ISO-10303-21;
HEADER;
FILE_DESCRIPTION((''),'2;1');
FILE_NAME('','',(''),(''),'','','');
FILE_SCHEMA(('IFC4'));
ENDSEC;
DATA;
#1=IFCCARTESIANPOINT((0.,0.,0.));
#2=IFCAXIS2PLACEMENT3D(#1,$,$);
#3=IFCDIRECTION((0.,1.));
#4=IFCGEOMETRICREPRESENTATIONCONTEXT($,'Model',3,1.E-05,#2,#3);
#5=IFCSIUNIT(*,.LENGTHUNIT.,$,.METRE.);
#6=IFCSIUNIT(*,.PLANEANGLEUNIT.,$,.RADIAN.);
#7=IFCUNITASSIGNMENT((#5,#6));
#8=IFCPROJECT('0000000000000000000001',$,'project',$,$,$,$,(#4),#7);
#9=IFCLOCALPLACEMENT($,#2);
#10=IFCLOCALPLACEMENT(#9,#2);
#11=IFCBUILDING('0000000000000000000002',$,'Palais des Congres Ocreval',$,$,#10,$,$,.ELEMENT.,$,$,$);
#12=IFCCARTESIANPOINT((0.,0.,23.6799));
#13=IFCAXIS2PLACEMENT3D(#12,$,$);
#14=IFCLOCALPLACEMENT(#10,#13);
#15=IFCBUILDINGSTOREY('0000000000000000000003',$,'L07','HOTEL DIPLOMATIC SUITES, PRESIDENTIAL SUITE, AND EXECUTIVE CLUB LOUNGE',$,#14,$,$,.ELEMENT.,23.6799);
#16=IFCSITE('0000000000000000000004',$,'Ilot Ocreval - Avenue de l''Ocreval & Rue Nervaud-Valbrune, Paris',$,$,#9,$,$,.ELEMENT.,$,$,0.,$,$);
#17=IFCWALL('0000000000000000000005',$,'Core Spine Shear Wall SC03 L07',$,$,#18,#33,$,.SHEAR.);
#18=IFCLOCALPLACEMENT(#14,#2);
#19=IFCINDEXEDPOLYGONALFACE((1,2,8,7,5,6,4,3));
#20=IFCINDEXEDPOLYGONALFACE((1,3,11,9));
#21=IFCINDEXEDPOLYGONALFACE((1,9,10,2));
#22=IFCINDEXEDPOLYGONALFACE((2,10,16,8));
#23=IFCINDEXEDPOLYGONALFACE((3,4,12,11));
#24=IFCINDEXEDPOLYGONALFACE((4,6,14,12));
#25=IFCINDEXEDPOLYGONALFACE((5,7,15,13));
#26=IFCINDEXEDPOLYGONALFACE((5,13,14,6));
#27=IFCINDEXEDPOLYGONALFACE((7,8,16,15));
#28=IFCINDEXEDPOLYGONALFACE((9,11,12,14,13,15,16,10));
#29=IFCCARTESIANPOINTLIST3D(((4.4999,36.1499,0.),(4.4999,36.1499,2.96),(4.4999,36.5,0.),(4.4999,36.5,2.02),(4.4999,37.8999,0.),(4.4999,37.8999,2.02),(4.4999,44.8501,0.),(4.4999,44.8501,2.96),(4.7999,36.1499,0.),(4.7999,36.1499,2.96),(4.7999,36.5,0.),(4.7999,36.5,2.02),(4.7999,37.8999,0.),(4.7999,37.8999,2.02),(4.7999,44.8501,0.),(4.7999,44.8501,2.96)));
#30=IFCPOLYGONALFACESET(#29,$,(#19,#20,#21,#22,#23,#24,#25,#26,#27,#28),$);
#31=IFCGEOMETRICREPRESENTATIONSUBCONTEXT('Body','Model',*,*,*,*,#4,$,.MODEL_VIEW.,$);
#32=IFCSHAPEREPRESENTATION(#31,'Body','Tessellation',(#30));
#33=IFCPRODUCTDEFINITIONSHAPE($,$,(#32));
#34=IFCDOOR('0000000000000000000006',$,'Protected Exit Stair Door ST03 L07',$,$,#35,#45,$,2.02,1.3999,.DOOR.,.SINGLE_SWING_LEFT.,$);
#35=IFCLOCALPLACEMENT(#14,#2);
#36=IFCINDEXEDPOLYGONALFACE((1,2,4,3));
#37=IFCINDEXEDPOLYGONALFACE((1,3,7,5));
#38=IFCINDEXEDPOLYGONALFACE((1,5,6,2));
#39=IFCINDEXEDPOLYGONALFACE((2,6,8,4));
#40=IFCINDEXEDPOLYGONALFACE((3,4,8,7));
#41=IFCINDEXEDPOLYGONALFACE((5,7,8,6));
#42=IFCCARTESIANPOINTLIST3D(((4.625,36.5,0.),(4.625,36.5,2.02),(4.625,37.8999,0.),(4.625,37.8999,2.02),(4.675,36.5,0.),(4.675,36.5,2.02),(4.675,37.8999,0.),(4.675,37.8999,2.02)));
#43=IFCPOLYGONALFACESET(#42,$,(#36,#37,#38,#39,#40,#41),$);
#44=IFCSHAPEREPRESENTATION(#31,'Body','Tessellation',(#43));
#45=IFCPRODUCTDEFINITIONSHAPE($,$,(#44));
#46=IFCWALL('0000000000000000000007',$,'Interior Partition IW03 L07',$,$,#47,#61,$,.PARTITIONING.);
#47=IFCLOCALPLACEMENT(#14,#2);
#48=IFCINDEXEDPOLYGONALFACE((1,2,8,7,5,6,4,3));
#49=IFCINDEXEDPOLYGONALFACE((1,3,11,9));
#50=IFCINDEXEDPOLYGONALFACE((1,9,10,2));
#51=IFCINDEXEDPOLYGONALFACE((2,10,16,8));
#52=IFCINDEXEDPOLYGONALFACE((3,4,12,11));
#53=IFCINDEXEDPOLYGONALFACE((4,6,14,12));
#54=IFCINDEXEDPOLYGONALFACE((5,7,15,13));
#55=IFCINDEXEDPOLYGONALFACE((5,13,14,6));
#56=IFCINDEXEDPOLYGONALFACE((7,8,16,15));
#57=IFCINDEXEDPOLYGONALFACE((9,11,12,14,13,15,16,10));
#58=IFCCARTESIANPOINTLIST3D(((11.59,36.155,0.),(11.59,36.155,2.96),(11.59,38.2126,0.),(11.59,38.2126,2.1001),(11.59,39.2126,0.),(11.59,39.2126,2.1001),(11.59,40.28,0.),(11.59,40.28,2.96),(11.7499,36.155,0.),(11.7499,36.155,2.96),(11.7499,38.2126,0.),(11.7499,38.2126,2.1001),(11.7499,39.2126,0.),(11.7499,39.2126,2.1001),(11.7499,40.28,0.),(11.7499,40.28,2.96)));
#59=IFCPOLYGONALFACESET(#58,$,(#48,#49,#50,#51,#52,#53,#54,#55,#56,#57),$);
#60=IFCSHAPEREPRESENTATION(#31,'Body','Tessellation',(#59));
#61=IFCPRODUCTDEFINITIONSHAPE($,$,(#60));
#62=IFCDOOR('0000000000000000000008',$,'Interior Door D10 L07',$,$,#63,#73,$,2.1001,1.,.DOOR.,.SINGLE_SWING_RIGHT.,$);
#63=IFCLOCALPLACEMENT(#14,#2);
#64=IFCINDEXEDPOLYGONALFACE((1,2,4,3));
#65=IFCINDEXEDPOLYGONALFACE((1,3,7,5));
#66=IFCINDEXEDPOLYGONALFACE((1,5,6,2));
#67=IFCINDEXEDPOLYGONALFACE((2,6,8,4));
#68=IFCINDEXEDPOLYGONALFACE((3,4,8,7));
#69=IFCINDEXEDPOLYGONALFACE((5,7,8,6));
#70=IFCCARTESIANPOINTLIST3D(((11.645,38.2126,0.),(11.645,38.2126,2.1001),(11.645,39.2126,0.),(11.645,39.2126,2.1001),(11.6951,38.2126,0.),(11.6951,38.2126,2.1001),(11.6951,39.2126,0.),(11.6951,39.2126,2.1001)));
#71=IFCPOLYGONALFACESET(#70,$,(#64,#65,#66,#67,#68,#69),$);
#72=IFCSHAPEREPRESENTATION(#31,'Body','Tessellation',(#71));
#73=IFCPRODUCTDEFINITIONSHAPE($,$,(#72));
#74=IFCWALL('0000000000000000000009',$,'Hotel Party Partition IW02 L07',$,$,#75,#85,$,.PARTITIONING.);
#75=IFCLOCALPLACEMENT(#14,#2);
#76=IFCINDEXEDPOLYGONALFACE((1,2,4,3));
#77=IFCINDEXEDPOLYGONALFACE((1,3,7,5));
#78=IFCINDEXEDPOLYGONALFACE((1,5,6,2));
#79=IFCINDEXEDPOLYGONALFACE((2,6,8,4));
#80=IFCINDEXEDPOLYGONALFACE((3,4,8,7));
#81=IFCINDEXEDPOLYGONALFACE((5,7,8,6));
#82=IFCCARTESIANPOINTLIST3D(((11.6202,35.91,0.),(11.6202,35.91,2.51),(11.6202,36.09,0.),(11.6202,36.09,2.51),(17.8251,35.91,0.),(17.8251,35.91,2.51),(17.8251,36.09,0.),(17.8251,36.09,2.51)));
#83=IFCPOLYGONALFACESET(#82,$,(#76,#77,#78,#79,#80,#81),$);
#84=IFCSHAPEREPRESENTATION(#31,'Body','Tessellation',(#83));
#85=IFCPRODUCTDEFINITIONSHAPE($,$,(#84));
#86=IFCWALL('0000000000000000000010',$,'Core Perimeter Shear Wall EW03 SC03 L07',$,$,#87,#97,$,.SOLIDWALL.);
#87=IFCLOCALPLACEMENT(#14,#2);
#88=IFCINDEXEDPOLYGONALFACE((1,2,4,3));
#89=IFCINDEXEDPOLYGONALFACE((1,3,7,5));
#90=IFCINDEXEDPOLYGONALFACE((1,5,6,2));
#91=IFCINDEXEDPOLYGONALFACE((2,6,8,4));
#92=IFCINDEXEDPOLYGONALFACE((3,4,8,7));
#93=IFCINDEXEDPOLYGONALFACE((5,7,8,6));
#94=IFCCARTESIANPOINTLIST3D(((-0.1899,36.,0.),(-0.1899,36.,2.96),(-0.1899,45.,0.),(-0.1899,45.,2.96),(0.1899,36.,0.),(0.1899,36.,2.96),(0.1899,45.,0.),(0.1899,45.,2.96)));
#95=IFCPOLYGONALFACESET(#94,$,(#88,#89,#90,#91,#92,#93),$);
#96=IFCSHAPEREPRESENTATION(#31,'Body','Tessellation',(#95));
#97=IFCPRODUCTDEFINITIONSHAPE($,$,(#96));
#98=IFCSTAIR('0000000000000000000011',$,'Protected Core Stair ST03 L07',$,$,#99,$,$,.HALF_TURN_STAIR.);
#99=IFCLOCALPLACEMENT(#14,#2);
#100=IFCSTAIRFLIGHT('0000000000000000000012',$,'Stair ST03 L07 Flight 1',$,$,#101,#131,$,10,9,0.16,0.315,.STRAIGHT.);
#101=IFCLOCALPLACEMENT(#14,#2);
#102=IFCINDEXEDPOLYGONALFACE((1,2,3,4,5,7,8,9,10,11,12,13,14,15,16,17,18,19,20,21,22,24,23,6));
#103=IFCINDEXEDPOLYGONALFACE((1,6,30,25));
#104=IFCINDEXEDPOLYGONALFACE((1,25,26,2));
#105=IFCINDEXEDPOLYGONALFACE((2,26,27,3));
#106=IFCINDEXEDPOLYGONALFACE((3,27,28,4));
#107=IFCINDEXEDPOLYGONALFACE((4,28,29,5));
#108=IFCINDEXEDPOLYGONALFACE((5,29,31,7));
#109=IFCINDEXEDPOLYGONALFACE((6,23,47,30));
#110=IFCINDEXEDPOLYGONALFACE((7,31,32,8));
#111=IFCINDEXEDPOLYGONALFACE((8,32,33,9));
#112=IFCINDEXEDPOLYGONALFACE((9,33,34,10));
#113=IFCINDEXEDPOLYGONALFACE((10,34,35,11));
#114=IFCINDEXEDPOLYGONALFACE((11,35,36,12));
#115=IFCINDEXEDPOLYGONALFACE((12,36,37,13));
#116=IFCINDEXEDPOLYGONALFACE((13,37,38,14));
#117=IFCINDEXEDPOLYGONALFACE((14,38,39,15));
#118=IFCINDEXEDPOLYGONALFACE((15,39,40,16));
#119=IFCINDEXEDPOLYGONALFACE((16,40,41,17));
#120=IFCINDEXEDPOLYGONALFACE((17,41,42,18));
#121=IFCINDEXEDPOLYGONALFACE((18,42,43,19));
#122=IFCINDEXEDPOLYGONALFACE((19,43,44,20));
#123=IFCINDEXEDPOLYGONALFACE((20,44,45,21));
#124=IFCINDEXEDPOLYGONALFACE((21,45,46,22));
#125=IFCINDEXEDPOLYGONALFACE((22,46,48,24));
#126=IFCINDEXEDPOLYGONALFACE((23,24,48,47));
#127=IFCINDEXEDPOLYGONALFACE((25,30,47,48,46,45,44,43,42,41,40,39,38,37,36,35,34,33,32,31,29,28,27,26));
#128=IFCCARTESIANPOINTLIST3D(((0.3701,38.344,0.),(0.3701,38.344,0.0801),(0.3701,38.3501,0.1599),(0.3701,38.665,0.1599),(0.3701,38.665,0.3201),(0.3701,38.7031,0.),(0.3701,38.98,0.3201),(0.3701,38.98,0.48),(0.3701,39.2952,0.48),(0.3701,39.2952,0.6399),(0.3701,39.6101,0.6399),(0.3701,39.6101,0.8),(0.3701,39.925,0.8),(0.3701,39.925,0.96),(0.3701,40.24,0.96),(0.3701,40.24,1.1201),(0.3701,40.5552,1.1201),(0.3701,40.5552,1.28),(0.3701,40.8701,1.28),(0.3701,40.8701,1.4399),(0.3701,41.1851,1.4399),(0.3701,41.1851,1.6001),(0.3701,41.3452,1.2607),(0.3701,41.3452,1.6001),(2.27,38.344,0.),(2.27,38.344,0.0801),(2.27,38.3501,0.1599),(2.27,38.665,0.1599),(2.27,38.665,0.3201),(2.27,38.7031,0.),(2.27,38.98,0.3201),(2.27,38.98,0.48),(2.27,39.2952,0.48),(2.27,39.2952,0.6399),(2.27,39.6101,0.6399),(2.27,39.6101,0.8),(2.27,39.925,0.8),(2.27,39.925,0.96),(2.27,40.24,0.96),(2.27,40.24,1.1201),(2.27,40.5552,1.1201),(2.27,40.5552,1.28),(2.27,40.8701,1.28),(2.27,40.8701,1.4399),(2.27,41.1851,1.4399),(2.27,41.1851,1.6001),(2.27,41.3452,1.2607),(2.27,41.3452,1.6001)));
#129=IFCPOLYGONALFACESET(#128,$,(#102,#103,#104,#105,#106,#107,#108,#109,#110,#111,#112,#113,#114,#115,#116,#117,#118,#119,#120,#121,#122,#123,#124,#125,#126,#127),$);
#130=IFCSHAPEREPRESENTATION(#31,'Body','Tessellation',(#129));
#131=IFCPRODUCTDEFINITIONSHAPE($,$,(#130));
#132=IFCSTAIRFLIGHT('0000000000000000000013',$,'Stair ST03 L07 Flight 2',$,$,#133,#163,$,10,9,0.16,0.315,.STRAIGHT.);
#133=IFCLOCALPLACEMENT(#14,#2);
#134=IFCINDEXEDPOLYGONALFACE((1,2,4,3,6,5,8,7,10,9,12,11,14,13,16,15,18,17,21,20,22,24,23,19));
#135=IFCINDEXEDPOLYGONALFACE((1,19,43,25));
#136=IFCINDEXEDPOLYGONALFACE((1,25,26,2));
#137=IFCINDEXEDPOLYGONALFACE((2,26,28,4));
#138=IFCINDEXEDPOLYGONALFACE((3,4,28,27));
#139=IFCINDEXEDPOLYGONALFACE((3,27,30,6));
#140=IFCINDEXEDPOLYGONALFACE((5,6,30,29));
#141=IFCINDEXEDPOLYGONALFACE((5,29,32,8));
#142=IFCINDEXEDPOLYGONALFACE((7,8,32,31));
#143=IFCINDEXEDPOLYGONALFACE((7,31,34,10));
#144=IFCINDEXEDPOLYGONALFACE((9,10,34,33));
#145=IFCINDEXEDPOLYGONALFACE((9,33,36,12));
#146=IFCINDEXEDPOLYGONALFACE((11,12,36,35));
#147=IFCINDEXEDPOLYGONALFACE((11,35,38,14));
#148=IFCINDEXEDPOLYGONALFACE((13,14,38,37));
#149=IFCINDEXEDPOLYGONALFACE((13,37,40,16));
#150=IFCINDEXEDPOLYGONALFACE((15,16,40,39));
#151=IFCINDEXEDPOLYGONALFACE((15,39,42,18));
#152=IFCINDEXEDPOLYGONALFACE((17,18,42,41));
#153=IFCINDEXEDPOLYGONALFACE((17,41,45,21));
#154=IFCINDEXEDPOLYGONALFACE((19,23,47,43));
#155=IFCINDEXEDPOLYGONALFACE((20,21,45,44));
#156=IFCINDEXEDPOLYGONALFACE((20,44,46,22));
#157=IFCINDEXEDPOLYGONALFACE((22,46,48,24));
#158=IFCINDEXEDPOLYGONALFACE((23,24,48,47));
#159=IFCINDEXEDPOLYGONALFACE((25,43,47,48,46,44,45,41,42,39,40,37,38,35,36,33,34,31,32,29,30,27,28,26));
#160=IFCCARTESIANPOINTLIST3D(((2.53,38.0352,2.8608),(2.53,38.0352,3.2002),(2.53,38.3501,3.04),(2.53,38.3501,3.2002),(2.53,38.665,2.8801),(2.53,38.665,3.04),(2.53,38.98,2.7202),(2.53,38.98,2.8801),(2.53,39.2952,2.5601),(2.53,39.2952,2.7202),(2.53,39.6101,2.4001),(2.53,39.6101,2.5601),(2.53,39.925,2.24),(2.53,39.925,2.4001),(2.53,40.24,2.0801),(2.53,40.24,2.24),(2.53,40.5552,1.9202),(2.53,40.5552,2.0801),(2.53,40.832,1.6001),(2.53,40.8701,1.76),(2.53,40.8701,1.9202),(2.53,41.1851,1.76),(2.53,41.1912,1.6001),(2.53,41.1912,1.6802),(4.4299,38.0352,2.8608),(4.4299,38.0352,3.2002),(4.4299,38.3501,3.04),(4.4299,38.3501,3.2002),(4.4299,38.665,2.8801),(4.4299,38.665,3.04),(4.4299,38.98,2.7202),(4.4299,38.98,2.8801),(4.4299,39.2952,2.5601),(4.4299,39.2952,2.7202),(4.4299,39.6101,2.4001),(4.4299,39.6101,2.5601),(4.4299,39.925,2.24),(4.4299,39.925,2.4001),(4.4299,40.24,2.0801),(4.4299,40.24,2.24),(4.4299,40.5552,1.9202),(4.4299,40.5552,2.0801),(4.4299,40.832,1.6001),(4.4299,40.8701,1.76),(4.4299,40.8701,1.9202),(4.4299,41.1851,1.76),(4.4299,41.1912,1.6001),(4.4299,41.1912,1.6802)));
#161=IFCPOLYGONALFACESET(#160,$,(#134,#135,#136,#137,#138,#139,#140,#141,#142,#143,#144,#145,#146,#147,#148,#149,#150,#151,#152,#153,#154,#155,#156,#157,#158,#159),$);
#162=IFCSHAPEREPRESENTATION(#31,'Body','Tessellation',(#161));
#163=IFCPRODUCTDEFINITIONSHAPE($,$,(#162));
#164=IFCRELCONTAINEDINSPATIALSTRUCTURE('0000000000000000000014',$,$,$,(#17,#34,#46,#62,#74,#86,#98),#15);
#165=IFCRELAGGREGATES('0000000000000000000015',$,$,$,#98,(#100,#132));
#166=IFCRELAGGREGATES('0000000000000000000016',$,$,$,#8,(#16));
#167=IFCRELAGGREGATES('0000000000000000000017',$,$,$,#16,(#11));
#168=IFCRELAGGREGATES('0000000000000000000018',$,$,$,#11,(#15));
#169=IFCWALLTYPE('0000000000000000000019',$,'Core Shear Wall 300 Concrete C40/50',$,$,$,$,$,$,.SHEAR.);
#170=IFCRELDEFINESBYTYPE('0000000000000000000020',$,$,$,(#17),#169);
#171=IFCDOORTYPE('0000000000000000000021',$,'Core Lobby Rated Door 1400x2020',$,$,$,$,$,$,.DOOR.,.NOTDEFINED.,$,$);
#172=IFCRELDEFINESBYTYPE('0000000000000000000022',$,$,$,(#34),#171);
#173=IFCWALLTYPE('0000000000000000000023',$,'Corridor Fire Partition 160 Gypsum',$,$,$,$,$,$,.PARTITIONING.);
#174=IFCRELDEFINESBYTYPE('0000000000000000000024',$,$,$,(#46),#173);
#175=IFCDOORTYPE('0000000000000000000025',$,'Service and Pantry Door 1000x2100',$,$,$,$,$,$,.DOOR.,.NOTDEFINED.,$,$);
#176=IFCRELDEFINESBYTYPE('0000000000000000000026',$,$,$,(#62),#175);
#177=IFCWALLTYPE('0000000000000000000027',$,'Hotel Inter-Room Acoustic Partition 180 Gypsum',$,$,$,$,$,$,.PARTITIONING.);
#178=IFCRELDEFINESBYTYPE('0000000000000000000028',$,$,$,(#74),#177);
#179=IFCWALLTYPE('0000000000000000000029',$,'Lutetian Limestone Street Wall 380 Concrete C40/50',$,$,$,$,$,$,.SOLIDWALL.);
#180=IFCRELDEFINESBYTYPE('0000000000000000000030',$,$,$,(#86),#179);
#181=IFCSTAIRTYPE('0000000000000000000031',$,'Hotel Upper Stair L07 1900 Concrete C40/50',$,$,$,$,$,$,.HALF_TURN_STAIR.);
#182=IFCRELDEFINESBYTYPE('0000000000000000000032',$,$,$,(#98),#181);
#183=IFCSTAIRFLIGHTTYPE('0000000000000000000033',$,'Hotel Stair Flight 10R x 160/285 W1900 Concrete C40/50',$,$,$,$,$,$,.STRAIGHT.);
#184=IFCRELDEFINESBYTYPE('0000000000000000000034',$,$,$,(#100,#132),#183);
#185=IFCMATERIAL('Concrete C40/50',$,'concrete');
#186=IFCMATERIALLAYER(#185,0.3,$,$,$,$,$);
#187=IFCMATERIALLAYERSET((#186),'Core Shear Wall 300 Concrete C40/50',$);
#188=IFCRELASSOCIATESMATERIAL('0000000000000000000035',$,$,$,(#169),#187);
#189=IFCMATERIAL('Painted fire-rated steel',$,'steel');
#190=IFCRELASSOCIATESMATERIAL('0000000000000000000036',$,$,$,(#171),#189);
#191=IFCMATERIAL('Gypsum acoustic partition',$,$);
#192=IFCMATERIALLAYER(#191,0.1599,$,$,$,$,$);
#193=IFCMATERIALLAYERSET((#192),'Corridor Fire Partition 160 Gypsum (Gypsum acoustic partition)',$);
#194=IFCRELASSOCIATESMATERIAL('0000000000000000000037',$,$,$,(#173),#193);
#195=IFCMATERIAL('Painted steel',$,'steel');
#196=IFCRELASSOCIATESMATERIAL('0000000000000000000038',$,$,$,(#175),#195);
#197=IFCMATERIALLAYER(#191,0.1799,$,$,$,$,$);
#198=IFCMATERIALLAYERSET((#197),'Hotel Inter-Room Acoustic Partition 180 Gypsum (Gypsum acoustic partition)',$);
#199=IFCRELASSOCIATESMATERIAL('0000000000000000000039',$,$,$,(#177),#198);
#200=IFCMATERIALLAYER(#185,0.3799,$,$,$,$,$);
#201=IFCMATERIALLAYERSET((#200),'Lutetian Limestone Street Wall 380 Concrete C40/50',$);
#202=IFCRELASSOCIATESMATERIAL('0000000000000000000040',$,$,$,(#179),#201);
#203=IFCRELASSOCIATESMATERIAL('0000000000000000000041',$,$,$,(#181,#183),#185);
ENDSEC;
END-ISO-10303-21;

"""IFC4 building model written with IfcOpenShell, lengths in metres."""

from ifc_helpers import new_model, si_unit, direction, frame, frame_2d, origin, place, context, subcontext, project, spatial, polyline, rectangle, outline, extrude, material, layer, layer_set, type_object, element, fill, aggregate, save


model = new_model("IFC4")

# Units and contexts
model_context = context("Model", 3, precision=1e-05, world=origin(), true_north=direction((0.0, 1.0)))
body_context = subcontext(model_context, "Body", "Model", "MODEL_VIEW")
ifc_project = project(units=[si_unit("LENGTHUNIT", "METRE"), si_unit("PLANEANGLEUNIT", "RADIAN")], contexts=[model_context])

# Site, building, storey
site_placement = place(None, origin())
site = spatial("IfcSite", under=ifc_project, at=site_placement, Name="Ilot Ocreval - Avenue de l'Ocreval & Rue Nervaud-Valbrune, Paris", CompositionType="ELEMENT", RefElevation=0.0)
building_placement = place(site_placement, origin())
building = spatial("IfcBuilding", under=site, at=building_placement, Name="Palais des Congres Ocreval", CompositionType="ELEMENT")
storey_placement = place(building_placement, frame((0.0, 0.0, 23.6799)))
storey = spatial("IfcBuildingStorey", under=building, at=storey_placement, Name="L07", Description="HOTEL DIPLOMATIC SUITES, PRESIDENTIAL SUITE, AND EXECUTIVE CLUB LOUNGE", CompositionType="ELEMENT", Elevation=23.6799)

# Shared definitions
ifc_material_1 = material(Name="Concrete C40/50", Category="concrete")
ifc_layer_1 = layer(ifc_material_1, 0.3)
ifc_layer_set_1 = layer_set([ifc_layer_1], Name="Core Shear Wall 300 Concrete C40/50")
wall_type_1 = type_object("IfcWallType", Name="Core Shear Wall 300 Concrete C40/50", PredefinedType="SHEAR", material=ifc_layer_set_1)

# Walls, openings, doors
ifc_material_2 = material(Name="Painted fire-rated steel", Category="steel")
wall_1_placement = place(storey_placement, frame((4.6499, 36.1499, 0.0), z_axis=(0.0, 0.0, 1.0), x_axis=(0.0, 1.0, 0.0)))
wall_1 = element("IfcWall", 1, at=wall_1_placement, inside=storey, type_object=wall_type_1, Name="Core Spine Shear Wall SC03 L07", PredefinedType="SHEAR", context=body_context, shape_type="SweptSolid", body=[
    extrude(rectangle(XDim=8.7002, YDim=0.3, at=frame_2d((4.3501, 0.0))), origin(), (0.0, 0.0, 1.0), 2.96),
])
opening_1_placement = place(wall_1_placement, frame((0.3501, 0.0, 0.0)))
opening_1 = element("IfcOpeningElement", 2, at=opening_1_placement, cuts=wall_1, PredefinedType="OPENING", context=body_context, shape_type="SweptSolid", body=[
    extrude(rectangle(XDim=1.3999, YDim=2.02, at=frame_2d((0.7, 1.01))), frame((0.0, 0.1599, 0.0), z_axis=(0.0, -1.0, 0.0), x_axis=(1.0, 0.0, 0.0)), (0.0, 0.0, 1.0), 0.3201),
])
door_type_1 = type_object("IfcDoorType", Name="Core Lobby Rated Door 1400x2020", OperationType="NOTDEFINED", PredefinedType="DOOR", material=ifc_material_2)
door_1_placement = place(opening_1_placement, origin())
door_1 = element("IfcDoor", 3, at=door_1_placement, inside=storey, type_object=door_type_1, Name="Protected Exit Stair Door ST03 L07", OperationType="SINGLE_SWING_LEFT", OverallHeight=2.02, OverallWidth=1.3999, PredefinedType="DOOR", context=body_context, shape_type="SweptSolid", body=[
    extrude(rectangle(XDim=1.3999, YDim=2.02, at=frame_2d((0.7, 1.01))), frame((0.0, 0.0249, 0.0), z_axis=(0.0, -1.0, 0.0), x_axis=(1.0, 0.0, 0.0)), (0.0, 0.0, 1.0), 0.05),
])
fill(opening_1, door_1)
ifc_material_3 = material(Name="Gypsum acoustic partition")
ifc_layer_2 = layer(ifc_material_3, 0.1599)
ifc_layer_set_2 = layer_set([ifc_layer_2], Name="Corridor Fire Partition 160 Gypsum (Gypsum acoustic partition)")
wall_type_2 = type_object("IfcWallType", Name="Corridor Fire Partition 160 Gypsum", PredefinedType="PARTITIONING", material=ifc_layer_set_2)
wall_2_placement = place(storey_placement, frame((11.6699, 36.155, 0.0), z_axis=(0.0, 0.0, 1.0), x_axis=(0.0, 1.0, 0.0)))
wall_2 = element("IfcWall", 4, at=wall_2_placement, inside=storey, type_object=wall_type_2, Name="Interior Partition IW03 L07", PredefinedType="PARTITIONING", context=body_context, shape_type="SweptSolid", body=[
    extrude(rectangle(XDim=4.125, YDim=0.1599, at=frame_2d((2.0625, 0.0))), origin(), (0.0, 0.0, 1.0), 2.96),
])
opening_2_placement = place(wall_2_placement, frame((2.0576, 0.0, 0.0)))
opening_2 = element("IfcOpeningElement", 5, at=opening_2_placement, cuts=wall_2, PredefinedType="OPENING", context=body_context, shape_type="SweptSolid", body=[
    extrude(rectangle(XDim=1.0, YDim=2.1001, at=frame_2d((0.5, 1.05))), frame((0.0, 0.0898, 0.0), z_axis=(0.0, -1.0, 0.0), x_axis=(1.0, 0.0, 0.0)), (0.0, 0.0, 1.0), 0.1799),
])
ifc_material_4 = material(Name="Painted steel", Category="steel")
door_type_2 = type_object("IfcDoorType", Name="Service and Pantry Door 1000x2100", OperationType="NOTDEFINED", PredefinedType="DOOR", material=ifc_material_4)
door_2_placement = place(opening_2_placement, origin())
door_2 = element("IfcDoor", 6, at=door_2_placement, inside=storey, type_object=door_type_2, Name="Interior Door D10 L07", OperationType="SINGLE_SWING_RIGHT", OverallHeight=2.1001, OverallWidth=1.0, PredefinedType="DOOR", context=body_context, shape_type="SweptSolid", body=[
    extrude(rectangle(XDim=1.0, YDim=2.1001, at=frame_2d((0.5, 1.05))), frame((0.0, 0.0249, 0.0), z_axis=(0.0, -1.0, 0.0), x_axis=(1.0, 0.0, 0.0)), (0.0, 0.0, 1.0), 0.05),
])
fill(opening_2, door_2)

# Walls
ifc_layer_3 = layer(ifc_material_3, 0.1799)
ifc_layer_set_3 = layer_set([ifc_layer_3], Name="Hotel Inter-Room Acoustic Partition 180 Gypsum (Gypsum acoustic partition)")
wall_type_3 = type_object("IfcWallType", Name="Hotel Inter-Room Acoustic Partition 180 Gypsum", PredefinedType="PARTITIONING", material=ifc_layer_set_3)
wall_3_placement = place(storey_placement, frame((11.6201, 36.0, 0.0), z_axis=(0.0, 0.0, 1.0), x_axis=(1.0, 0.0, 0.0)))
element("IfcWall", 7, at=wall_3_placement, inside=storey, type_object=wall_type_3, Name="Hotel Party Partition IW02 L07", PredefinedType="PARTITIONING", context=body_context, shape_type="SweptSolid", body=[
    extrude(rectangle(XDim=6.2048, YDim=0.1799, at=frame_2d((3.1025, 0.0))), origin(), (0.0, 0.0, 1.0), 2.51),
])
ifc_layer_4 = layer(ifc_material_1, 0.3799)
ifc_layer_set_4 = layer_set([ifc_layer_4], Name="Lutetian Limestone Street Wall 380 Concrete C40/50")
wall_type_4 = type_object("IfcWallType", Name="Lutetian Limestone Street Wall 380 Concrete C40/50", PredefinedType="SOLIDWALL", material=ifc_layer_set_4)
wall_4_placement = place(storey_placement, frame((0.0, 36.0, 0.0), z_axis=(0.0, 0.0, 1.0), x_axis=(0.0, 1.0, 0.0)))
element("IfcWall", 8, at=wall_4_placement, inside=storey, type_object=wall_type_4, Name="Core Perimeter Shear Wall EW03 SC03 L07", PredefinedType="SOLIDWALL", context=body_context, shape_type="SweptSolid", body=[
    extrude(rectangle(XDim=9.0, YDim=0.3799, at=frame_2d((4.5, 0.0))), origin(), (0.0, 0.0, 1.0), 2.96),
])

# Stair, stair flights
stair_type = type_object("IfcStairType", Name="Hotel Upper Stair L07 1900 Concrete C40/50", PredefinedType="HALF_TURN_STAIR", material=ifc_material_1)
stair_placement = place(storey_placement, origin())
stair = element("IfcStair", 9, at=stair_placement, inside=storey, type_object=stair_type, Name="Protected Core Stair ST03 L07", PredefinedType="HALF_TURN_STAIR")
stair_flight_type = type_object("IfcStairFlightType", Name="Hotel Stair Flight 10R x 160/285 W1900 Concrete C40/50", PredefinedType="STRAIGHT", material=ifc_material_1)
stair_flight_1_placement = place(storey_placement, frame((1.3201, 38.3501, 0.0), z_axis=(0.0, 0.0, 1.0), x_axis=(0.0, 1.0, 0.0)))
stair_flight_1 = element("IfcStairFlight", 10, at=stair_flight_1_placement, type_object=stair_flight_type, Name="Stair ST03 L07 Flight 1", NumberOfRisers=10, NumberOfTreads=9, PredefinedType="STRAIGHT", RiserHeight=0.16, TreadLength=0.315, context=body_context, shape_type="SweptSolid", body=[
    extrude(outline(polyline([(-0.0061, 0.0), (-0.0061, 0.0801), (0.0, 0.1599), (0.3149, 0.1599), (0.3149, 0.3201), (0.6299, 0.3201), (0.6299, 0.48), (0.9451, 0.48), (0.9451, 0.6399), (1.26, 0.6399), (1.26, 0.8), (1.575, 0.8), (1.575, 0.96), (1.8899, 0.96), (1.8899, 1.1201), (2.2051, 1.1201), (2.2051, 1.28), (2.52, 1.28), (2.52, 1.4399), (2.835, 1.4399), (2.835, 1.6001), (2.9951, 1.6001), (2.9951, 1.2607), (0.353, 0.0), (-0.0061, 0.0)])), frame((0.0, 0.95, 0.0), z_axis=(0.0, -1.0, 0.0), x_axis=(1.0, 0.0, 0.0)), (0.0, 0.0, 1.0), 1.8999),
])
stair_flight_2_placement = place(storey_placement, frame((3.48, 41.1851, 1.6001), z_axis=(0.0, 0.0, 1.0), x_axis=(0.0, -1.0, 0.0)))
stair_flight_2 = element("IfcStairFlight", 11, at=stair_flight_2_placement, type_object=stair_flight_type, Name="Stair ST03 L07 Flight 2", NumberOfRisers=10, NumberOfTreads=9, PredefinedType="STRAIGHT", RiserHeight=0.16, TreadLength=0.315, context=body_context, shape_type="SweptSolid", body=[
    extrude(outline(polyline([(-0.0061, 0.0), (-0.0061, 0.0801), (0.0, 0.1599), (0.3149, 0.1599), (0.3149, 0.3201), (0.6299, 0.3201), (0.6299, 0.48), (0.9451, 0.48), (0.9451, 0.6399), (1.26, 0.6399), (1.26, 0.8), (1.575, 0.8), (1.575, 0.96), (1.8899, 0.96), (1.8899, 1.1201), (2.2051, 1.1201), (2.2051, 1.28), (2.52, 1.28), (2.52, 1.4399), (2.835, 1.4399), (2.835, 1.6001), (3.1499, 1.6001), (3.1499, 1.2607), (0.353, 0.0), (-0.0061, 0.0)])), frame((0.0, 0.95, 0.0), z_axis=(0.0, -1.0, 0.0), x_axis=(1.0, 0.0, 0.0)), (0.0, 0.0, 1.0), 1.8999),
])
aggregate(stair, [stair_flight_1, stair_flight_2])

save(model, "model.ifc")
